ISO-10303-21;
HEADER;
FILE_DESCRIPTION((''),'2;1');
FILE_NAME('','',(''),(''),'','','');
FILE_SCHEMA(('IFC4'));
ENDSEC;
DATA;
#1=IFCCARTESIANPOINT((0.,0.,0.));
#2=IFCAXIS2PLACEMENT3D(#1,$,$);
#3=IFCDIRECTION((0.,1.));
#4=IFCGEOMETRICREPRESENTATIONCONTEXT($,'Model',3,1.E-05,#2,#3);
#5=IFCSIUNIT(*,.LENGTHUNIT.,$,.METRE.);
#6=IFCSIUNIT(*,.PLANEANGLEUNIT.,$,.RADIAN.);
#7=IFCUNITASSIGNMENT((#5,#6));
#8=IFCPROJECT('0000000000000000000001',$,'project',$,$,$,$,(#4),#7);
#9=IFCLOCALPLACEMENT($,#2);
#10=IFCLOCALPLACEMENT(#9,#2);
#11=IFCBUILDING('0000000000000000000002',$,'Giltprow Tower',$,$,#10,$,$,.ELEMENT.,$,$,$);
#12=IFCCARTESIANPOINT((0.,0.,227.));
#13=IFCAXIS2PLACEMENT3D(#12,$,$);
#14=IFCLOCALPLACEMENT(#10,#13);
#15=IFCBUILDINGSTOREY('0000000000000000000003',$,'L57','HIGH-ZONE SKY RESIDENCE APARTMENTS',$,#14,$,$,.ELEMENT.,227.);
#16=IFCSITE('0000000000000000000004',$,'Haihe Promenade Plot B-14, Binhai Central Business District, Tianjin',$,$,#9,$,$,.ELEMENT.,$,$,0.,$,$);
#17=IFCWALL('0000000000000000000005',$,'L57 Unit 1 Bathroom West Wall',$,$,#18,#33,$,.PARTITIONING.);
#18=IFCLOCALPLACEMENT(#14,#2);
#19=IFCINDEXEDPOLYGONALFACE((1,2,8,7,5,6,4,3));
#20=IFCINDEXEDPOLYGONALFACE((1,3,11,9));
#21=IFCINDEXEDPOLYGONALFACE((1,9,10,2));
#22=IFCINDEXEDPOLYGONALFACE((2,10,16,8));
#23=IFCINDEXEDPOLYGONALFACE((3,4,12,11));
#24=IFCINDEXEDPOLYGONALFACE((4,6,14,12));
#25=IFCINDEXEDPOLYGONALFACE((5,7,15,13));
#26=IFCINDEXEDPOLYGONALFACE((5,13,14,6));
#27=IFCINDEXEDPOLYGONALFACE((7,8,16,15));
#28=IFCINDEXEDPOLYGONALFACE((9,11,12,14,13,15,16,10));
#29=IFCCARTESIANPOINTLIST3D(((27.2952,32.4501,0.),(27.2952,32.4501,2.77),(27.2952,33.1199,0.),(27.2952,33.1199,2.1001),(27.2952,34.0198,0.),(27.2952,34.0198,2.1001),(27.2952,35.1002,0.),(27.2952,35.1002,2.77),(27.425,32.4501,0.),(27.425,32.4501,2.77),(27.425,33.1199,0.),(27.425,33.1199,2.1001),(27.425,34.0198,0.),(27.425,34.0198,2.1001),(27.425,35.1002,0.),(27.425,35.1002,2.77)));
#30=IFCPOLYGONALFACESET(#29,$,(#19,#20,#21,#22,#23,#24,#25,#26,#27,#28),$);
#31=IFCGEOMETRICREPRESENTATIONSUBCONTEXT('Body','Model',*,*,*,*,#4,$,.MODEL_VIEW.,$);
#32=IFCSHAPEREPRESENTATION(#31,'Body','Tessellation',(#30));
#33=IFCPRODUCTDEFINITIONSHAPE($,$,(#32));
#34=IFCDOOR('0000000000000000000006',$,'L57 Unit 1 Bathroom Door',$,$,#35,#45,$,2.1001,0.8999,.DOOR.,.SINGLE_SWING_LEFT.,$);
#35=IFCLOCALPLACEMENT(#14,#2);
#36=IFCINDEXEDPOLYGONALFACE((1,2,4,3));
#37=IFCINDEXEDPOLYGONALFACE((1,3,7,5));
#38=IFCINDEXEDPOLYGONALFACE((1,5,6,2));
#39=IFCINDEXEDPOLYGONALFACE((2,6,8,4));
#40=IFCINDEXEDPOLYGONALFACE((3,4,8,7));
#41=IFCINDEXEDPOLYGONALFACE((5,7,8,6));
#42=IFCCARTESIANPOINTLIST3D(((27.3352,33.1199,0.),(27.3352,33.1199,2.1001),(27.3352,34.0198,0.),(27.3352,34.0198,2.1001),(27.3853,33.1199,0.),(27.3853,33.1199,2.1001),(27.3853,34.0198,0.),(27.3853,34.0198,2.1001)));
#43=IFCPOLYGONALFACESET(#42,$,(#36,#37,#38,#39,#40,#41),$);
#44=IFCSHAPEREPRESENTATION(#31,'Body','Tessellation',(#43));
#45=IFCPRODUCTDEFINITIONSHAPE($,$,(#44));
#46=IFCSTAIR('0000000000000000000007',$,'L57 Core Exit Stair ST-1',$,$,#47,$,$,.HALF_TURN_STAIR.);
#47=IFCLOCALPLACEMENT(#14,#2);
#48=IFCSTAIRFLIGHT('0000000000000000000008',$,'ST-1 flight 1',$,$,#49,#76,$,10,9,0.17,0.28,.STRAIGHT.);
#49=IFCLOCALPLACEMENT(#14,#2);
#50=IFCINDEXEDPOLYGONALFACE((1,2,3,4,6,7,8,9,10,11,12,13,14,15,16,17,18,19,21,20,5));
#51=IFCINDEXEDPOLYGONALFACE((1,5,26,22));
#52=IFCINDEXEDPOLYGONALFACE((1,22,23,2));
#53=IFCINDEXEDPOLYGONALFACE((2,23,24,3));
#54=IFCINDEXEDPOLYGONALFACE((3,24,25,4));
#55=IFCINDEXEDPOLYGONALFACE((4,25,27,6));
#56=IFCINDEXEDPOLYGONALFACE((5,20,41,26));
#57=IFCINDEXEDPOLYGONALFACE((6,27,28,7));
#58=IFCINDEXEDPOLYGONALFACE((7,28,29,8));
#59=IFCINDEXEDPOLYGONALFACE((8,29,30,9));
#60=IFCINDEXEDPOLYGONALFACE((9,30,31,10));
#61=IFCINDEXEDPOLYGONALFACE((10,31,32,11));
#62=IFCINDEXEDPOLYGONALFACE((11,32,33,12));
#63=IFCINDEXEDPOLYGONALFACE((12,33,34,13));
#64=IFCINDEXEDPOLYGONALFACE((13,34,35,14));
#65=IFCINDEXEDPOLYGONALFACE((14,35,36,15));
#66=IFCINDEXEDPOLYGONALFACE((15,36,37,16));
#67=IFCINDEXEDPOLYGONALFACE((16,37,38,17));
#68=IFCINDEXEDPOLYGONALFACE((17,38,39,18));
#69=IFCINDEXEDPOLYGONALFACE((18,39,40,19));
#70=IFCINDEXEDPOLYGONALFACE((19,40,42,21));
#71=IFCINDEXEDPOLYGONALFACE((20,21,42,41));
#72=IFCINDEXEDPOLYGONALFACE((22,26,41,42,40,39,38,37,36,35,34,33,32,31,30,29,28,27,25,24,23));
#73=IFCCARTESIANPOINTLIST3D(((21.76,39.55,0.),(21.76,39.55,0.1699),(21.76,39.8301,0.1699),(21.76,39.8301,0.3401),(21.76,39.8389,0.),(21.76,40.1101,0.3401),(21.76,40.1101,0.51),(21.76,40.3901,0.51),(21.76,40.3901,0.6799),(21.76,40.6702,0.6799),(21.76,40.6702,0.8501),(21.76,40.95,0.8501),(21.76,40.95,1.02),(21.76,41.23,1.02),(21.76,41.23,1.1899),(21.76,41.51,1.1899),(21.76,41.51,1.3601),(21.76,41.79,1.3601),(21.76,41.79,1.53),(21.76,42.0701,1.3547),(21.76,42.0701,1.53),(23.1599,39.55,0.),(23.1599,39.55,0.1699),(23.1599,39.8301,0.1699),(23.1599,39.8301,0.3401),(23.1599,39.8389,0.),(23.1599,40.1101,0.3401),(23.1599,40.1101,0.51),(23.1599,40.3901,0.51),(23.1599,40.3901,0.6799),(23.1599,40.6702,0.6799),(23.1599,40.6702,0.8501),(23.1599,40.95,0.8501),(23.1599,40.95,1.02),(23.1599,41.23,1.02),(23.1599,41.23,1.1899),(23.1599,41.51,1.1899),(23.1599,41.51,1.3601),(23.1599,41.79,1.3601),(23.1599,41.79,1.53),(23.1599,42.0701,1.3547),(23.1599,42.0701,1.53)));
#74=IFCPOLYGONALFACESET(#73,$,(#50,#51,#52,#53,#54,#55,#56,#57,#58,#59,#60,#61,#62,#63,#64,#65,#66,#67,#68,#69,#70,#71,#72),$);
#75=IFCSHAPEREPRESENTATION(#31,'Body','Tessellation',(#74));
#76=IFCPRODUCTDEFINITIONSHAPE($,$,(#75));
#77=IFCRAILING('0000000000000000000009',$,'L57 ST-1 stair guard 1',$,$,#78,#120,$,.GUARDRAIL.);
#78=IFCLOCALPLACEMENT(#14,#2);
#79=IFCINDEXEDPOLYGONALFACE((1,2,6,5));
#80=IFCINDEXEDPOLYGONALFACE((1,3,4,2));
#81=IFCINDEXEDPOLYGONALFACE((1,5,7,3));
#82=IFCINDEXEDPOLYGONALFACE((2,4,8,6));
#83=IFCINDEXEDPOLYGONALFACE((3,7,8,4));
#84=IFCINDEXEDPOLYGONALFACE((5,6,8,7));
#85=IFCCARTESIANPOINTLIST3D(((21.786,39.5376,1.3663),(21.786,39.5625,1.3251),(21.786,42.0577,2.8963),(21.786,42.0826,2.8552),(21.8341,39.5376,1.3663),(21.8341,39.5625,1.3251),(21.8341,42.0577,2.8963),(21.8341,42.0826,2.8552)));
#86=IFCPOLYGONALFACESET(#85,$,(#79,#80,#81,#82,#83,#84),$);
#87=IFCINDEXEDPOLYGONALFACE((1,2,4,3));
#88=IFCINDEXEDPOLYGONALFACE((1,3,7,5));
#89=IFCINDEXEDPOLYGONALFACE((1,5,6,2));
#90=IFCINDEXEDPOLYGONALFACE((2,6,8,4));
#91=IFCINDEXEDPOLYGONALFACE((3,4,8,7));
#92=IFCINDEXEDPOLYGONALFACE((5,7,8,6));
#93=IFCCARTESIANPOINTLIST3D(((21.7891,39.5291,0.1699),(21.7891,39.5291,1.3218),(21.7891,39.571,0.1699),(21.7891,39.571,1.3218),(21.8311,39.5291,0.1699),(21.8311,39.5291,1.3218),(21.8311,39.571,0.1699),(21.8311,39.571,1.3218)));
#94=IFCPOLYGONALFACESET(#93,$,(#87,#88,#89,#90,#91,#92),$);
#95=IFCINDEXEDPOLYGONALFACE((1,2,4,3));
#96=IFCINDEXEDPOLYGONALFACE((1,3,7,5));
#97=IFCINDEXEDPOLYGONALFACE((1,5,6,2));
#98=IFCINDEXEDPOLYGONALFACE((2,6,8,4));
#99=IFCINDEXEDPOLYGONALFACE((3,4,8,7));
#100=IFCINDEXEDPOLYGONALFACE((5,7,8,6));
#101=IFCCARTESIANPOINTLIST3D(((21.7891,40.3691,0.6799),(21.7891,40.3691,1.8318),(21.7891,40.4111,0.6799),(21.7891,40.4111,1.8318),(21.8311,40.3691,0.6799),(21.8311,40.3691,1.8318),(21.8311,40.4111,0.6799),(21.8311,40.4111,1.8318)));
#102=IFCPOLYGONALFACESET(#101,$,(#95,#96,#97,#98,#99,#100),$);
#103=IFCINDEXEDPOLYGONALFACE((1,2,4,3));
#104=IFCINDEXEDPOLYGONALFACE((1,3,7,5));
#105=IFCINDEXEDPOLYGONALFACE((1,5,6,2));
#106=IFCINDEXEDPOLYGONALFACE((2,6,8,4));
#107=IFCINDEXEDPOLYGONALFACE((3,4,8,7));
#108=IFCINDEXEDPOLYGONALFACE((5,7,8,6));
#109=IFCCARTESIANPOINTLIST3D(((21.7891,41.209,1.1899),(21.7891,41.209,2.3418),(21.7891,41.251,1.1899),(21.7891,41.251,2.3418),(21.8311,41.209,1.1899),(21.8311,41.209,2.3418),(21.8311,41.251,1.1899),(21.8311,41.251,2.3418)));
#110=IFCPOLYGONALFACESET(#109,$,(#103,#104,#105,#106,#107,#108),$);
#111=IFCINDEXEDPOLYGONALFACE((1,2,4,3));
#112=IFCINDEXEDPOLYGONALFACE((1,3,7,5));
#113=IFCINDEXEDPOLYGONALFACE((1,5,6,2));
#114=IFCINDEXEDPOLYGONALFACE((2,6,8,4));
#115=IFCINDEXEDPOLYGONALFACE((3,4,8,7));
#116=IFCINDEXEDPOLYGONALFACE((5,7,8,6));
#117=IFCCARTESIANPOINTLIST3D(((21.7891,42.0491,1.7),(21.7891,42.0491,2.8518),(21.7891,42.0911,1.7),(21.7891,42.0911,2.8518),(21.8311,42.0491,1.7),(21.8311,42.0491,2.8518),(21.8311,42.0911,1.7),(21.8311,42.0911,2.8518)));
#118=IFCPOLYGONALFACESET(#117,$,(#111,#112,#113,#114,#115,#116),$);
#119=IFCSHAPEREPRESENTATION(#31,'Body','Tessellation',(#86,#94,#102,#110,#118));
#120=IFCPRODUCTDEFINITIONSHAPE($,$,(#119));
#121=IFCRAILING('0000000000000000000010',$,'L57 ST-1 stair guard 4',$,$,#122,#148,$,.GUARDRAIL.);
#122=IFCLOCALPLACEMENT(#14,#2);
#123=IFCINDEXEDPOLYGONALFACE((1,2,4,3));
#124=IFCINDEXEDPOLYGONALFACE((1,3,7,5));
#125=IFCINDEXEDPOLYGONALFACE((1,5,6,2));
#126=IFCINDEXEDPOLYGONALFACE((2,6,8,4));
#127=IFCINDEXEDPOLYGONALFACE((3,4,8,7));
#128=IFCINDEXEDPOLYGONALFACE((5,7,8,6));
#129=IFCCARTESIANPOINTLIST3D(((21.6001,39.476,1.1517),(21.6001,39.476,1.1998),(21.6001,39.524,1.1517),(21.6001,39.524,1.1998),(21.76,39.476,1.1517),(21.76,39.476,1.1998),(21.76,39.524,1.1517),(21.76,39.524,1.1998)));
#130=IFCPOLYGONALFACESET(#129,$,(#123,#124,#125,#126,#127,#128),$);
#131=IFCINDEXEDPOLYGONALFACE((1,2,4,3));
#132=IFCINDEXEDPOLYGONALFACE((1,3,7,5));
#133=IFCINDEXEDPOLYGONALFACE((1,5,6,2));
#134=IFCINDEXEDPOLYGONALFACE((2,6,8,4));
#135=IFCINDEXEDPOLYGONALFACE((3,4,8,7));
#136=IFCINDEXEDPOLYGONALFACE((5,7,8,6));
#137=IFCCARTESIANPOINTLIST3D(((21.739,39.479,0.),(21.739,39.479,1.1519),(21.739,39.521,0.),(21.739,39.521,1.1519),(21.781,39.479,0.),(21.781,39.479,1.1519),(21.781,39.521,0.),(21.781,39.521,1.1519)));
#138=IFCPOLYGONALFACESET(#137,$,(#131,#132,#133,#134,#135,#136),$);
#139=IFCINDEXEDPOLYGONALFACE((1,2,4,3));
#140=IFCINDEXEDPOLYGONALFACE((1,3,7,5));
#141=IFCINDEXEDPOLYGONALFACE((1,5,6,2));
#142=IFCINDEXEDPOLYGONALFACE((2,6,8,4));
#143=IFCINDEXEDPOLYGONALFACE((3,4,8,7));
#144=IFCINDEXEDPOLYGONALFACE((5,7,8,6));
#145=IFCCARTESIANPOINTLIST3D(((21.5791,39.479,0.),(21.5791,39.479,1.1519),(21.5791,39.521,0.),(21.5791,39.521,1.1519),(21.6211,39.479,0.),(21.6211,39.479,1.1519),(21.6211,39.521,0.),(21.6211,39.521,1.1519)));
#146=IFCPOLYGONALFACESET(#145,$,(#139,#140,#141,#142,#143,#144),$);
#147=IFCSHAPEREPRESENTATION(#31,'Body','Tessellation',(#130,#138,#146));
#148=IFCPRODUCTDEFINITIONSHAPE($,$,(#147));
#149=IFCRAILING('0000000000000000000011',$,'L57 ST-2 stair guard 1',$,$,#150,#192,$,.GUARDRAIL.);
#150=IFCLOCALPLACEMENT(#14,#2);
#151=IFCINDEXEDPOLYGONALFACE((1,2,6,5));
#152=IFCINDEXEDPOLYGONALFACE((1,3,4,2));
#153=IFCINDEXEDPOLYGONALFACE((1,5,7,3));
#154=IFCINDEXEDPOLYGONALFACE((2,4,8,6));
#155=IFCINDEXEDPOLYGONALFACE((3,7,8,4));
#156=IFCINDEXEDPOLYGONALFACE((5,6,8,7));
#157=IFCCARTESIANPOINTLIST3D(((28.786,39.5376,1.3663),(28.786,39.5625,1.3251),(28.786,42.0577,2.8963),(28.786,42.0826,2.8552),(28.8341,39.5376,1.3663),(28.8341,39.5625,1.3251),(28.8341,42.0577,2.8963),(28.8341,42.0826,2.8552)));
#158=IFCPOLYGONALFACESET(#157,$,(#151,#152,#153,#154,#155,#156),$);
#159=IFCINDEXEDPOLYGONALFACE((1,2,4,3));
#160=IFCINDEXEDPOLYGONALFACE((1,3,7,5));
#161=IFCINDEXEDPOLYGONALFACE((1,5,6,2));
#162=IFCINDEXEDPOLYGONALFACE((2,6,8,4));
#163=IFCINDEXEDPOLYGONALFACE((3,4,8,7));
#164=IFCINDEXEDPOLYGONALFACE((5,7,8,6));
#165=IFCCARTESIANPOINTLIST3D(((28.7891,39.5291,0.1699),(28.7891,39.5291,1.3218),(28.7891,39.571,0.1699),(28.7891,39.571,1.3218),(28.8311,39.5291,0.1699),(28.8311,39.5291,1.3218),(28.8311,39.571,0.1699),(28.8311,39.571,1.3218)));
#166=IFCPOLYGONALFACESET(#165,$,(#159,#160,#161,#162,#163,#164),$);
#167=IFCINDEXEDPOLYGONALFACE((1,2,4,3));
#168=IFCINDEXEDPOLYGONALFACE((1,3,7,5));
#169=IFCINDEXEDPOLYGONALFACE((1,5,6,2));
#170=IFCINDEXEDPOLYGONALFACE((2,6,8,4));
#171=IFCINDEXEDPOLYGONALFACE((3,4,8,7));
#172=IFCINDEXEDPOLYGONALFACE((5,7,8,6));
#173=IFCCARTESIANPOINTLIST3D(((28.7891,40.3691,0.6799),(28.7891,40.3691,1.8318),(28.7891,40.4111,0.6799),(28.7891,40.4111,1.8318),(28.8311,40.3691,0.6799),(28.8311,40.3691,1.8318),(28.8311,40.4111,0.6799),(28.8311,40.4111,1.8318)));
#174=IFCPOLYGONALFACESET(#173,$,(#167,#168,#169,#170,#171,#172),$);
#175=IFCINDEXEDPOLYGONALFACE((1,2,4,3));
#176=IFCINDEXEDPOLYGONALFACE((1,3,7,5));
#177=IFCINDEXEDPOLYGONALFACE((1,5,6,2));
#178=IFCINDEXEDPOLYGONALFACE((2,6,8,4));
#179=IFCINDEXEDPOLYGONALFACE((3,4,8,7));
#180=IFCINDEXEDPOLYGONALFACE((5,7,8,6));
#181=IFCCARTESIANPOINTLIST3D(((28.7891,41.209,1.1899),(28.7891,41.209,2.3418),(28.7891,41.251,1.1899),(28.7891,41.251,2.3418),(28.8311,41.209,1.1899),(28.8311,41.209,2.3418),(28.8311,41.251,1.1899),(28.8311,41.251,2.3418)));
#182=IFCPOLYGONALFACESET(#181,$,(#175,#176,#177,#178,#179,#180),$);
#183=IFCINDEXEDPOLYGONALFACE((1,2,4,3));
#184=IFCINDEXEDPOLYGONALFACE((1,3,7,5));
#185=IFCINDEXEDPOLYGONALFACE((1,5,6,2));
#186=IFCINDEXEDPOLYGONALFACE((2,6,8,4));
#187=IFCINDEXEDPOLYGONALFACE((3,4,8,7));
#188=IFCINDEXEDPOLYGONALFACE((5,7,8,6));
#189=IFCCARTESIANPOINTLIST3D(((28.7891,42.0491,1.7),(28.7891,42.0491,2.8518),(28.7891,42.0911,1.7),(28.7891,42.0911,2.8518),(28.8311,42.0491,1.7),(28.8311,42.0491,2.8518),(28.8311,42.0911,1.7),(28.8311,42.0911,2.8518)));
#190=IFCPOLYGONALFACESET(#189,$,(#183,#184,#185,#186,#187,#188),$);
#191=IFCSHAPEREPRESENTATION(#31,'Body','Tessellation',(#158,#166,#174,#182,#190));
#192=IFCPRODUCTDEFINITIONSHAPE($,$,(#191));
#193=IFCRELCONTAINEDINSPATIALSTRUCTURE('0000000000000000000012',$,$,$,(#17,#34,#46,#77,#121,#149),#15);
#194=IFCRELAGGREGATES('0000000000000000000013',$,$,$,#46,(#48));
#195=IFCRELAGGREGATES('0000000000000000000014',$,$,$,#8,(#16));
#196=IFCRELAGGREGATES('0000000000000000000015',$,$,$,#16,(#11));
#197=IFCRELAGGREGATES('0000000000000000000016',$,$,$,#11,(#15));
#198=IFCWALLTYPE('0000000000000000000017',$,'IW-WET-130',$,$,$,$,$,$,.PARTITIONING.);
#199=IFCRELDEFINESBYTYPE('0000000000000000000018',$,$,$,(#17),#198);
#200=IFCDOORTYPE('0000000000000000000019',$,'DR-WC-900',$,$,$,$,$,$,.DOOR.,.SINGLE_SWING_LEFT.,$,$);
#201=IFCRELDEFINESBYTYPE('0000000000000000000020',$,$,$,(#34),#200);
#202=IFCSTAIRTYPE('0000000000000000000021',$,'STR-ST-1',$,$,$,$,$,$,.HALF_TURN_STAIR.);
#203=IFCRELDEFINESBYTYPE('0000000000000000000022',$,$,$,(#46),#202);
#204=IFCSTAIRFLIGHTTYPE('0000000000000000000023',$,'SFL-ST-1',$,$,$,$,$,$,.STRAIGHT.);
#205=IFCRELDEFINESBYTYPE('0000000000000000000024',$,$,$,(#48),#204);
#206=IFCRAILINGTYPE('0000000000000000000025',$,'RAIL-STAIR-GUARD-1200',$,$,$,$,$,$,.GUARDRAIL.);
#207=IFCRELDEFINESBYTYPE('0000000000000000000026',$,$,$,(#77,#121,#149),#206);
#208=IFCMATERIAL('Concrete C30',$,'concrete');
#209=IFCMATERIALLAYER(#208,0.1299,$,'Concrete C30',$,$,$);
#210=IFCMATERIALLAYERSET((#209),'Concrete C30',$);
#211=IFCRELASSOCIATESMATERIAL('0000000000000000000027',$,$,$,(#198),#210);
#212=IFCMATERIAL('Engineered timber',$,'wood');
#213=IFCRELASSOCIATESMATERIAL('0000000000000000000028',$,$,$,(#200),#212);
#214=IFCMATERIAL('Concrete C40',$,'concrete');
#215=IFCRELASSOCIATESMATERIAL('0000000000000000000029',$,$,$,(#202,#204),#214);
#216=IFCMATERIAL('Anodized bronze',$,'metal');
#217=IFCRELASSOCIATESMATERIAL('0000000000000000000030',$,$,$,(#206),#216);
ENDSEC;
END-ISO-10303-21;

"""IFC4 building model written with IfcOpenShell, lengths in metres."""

from ifc_helpers import new_model, si_unit, direction, frame, frame_2d, origin, origin_2d, place, context, subcontext, project, spatial, polyline, rectangle, outline, extrude, source, transform, mapped, material, layer, layer_set, type_object, element, fill, aggregate, save


model = new_model("IFC4")

# Units and contexts
model_context = context("Model", 3, precision=1e-05, world=origin(), true_north=direction((0.0, 1.0)))
body_context = subcontext(model_context, "Body", "Model", "MODEL_VIEW")
ifc_project = project(units=[si_unit("LENGTHUNIT", "METRE"), si_unit("PLANEANGLEUNIT", "RADIAN")], contexts=[model_context])

# Site, building, storey
site_placement = place(None, origin())
site = spatial("IfcSite", under=ifc_project, at=site_placement, Name="Haihe Promenade Plot B-14, Binhai Central Business District, Tianjin", CompositionType="ELEMENT", RefElevation=0.0)
building_placement = place(site_placement, origin())
building = spatial("IfcBuilding", under=site, at=building_placement, Name="Giltprow Tower", CompositionType="ELEMENT")
storey_placement = place(building_placement, frame((0.0, 0.0, 227.0)))
storey = spatial("IfcBuildingStorey", under=building, at=storey_placement, Name="L57", Description="HIGH-ZONE SKY RESIDENCE APARTMENTS", CompositionType="ELEMENT", Elevation=227.0)

# Shared definitions
ifc_material_1 = material(Name="Concrete C40", Category="concrete")

# Shared definitions
ifc_material_2 = material(Name="Concrete C30", Category="concrete")
ifc_layer_1 = layer(ifc_material_2, 0.1299, Name="Concrete C30")
ifc_layer_set_1 = layer_set([ifc_layer_1], Name="Concrete C30")
wall_type_1 = type_object("IfcWallType", Name="IW-WET-130", PredefinedType="PARTITIONING", material=ifc_layer_set_1)

# Wall, opening, door
wall_1_placement = place(storey_placement, frame((27.3601, 32.45, 0.0), z_axis=(0.0, 0.0, 1.0), x_axis=(0.0, 1.0, 0.0)))
wall_1 = element("IfcWall", 1, at=wall_1_placement, inside=storey, type_object=wall_type_1, Name="L57 Unit 1 Bathroom West Wall", PredefinedType="PARTITIONING", context=body_context, shape_type="SweptSolid", body=[
    extrude(rectangle(XDim=2.6501, YDim=0.1299, at=frame_2d((1.3252, 0.0))), origin(), (0.0, 0.0, 1.0), 2.77),
])
opening_1_placement = place(wall_1_placement, frame((0.6699, 0.0, 0.0)))
opening_1 = element("IfcOpeningElement", 2, at=opening_1_placement, cuts=wall_1, PredefinedType="OPENING", context=body_context, shape_type="SweptSolid", body=[
    extrude(rectangle(XDim=0.8999, YDim=2.1001, at=frame_2d((0.45, 1.05))), frame((0.0, 0.075, 0.0), z_axis=(0.0, -1.0, 0.0), x_axis=(1.0, 0.0, 0.0)), (0.0, 0.0, 1.0), 0.1499),
])
ifc_material_3 = material(Name="Engineered timber", Category="wood")
door_type_1 = type_object("IfcDoorType", Name="DR-WC-900", OperationType="SINGLE_SWING_LEFT", PredefinedType="DOOR", material=ifc_material_3)
shared_shape_1 = source(origin(), body_context, "Body", "SweptSolid", [
    extrude(rectangle(XDim=0.8999, YDim=2.1001, at=frame_2d((0.45, 1.05))), frame((0.0, 0.0249, 0.0), z_axis=(0.0, -1.0, 0.0), x_axis=(1.0, 0.0, 0.0)), (0.0, 0.0, 1.0), 0.05),
])
door_1_placement = place(opening_1_placement, origin())
door_1 = element("IfcDoor", 3, at=door_1_placement, inside=storey, type_object=door_type_1, Name="L57 Unit 1 Bathroom Door", OperationType="SINGLE_SWING_LEFT", OverallHeight=2.1001, OverallWidth=0.8999, PredefinedType="DOOR", context=body_context, shape_type="MappedRepresentation", body=[
    mapped(shared_shape_1, transform((0.0, 0.0, 0.0), x_axis=(1.0, 0.0, 0.0), y_axis=(0.0, 1.0, 0.0), z_axis=(0.0, 0.0, 1.0), scale=1.0)),
])
fill(opening_1, door_1)

# Stair, stair flight
stair_type = type_object("IfcStairType", Name="STR-ST-1", PredefinedType="HALF_TURN_STAIR", material=ifc_material_1)
stair_placement = place(storey_placement, origin())
stair = element("IfcStair", 4, at=stair_placement, inside=storey, type_object=stair_type, Name="L57 Core Exit Stair ST-1", PredefinedType="HALF_TURN_STAIR")
stair_flight_type = type_object("IfcStairFlightType", Name="SFL-ST-1", PredefinedType="STRAIGHT", material=ifc_material_1)
stair_flight_placement = place(storey_placement, frame((22.46, 39.55, 0.0), z_axis=(0.0, 0.0, 1.0), x_axis=(0.0, 1.0, 0.0)))
stair_flight = element("IfcStairFlight", 5, at=stair_flight_placement, type_object=stair_flight_type, Name="ST-1 flight 1", NumberOfRisers=10, NumberOfTreads=9, PredefinedType="STRAIGHT", RiserHeight=0.17, TreadLength=0.28, context=body_context, shape_type="SweptSolid", body=[
    extrude(outline(polyline([(0.0, 0.0), (0.0, 0.1699), (0.28, 0.1699), (0.28, 0.3401), (0.5601, 0.3401), (0.5601, 0.51), (0.8401, 0.51), (0.8401, 0.6799), (1.1201, 0.6799), (1.1201, 0.8501), (1.3999, 0.8501), (1.3999, 1.02), (1.6799, 1.02), (1.6799, 1.1899), (1.96, 1.1899), (1.96, 1.3601), (2.24, 1.3601), (2.24, 1.53), (2.52, 1.53), (2.52, 1.7), (2.52, 1.3547), (0.2888, 0.0), (0.0, 0.0)])), frame((0.0, 0.7, 0.0), z_axis=(0.0, -1.0, 0.0), x_axis=(1.0, 0.0, 0.0)), (0.0, 0.0, 1.0), 1.3999),
])
aggregate(stair, [stair_flight])

# Railings
ifc_material_4 = material(Name="Anodized bronze", Category="metal")
railing_type_1 = type_object("IfcRailingType", Name="RAIL-STAIR-GUARD-1200", PredefinedType="GUARDRAIL", material=ifc_material_4)
railing_1_placement = place(storey_placement, frame((21.8101, 39.55, 0.1699)))
element("IfcRailing", 6, at=railing_1_placement, inside=storey, type_object=railing_type_1, Name="L57 ST-1 stair guard 1", PredefinedType="GUARDRAIL", context=body_context, shape_type="SweptSolid", body=[
    extrude(rectangle(XDim=0.0481, YDim=0.0481, at=origin_2d()), frame((0.0, 0.0, 1.1758), z_axis=(0.0, 0.854785, 0.518982), x_axis=(-1.0, 0.0, 0.0)), (0.0, 0.0, 1.0), 2.9482),
    extrude(rectangle(XDim=0.042, YDim=0.042, at=origin_2d()), origin(), (0.0, 0.0, 1.0), 1.1519),
    extrude(rectangle(XDim=0.042, YDim=0.042, at=origin_2d()), frame((0.0, 0.8401, 0.51)), (0.0, 0.0, 1.0), 1.1519),
    extrude(rectangle(XDim=0.042, YDim=0.042, at=origin_2d()), frame((0.0, 1.6799, 1.02)), (0.0, 0.0, 1.0), 1.1519),
    extrude(rectangle(XDim=0.042, YDim=0.042, at=origin_2d()), frame((0.0, 2.52, 1.53)), (0.0, 0.0, 1.0), 1.1519),
])
railing_2_placement = place(storey_placement, frame((21.76, 39.5, 0.0)))
element("IfcRailing", 7, at=railing_2_placement, inside=storey, type_object=railing_type_1, Name="L57 ST-1 stair guard 4", PredefinedType="GUARDRAIL", context=body_context, shape_type="SweptSolid", body=[
    extrude(rectangle(XDim=0.0481, YDim=0.0481, at=origin_2d()), frame((0.0, 0.0, 1.1758), z_axis=(-1.0, 0.0, 0.0), x_axis=(0.0, -1.0, 0.0)), (0.0, 0.0, 1.0), 0.1599),
    extrude(rectangle(XDim=0.042, YDim=0.042, at=origin_2d()), origin(), (0.0, 0.0, 1.0), 1.1519),
    extrude(rectangle(XDim=0.042, YDim=0.042, at=origin_2d()), frame((-0.1599, 0.0, 0.0)), (0.0, 0.0, 1.0), 1.1519),
])
railing_3_placement = place(storey_placement, frame((28.8101, 39.55, 0.1699)))
element("IfcRailing", 8, at=railing_3_placement, inside=storey, type_object=railing_type_1, Name="L57 ST-2 stair guard 1", PredefinedType="GUARDRAIL", context=body_context, shape_type="SweptSolid", body=[
    extrude(rectangle(XDim=0.0481, YDim=0.0481, at=origin_2d()), frame((0.0, 0.0, 1.1758), z_axis=(0.0, 0.854785, 0.518982), x_axis=(-1.0, 0.0, 0.0)), (0.0, 0.0, 1.0), 2.9482),
    extrude(rectangle(XDim=0.042, YDim=0.042, at=origin_2d()), origin(), (0.0, 0.0, 1.0), 1.1519),
    extrude(rectangle(XDim=0.042, YDim=0.042, at=origin_2d()), frame((0.0, 0.8401, 0.51)), (0.0, 0.0, 1.0), 1.1519),
    extrude(rectangle(XDim=0.042, YDim=0.042, at=origin_2d()), frame((0.0, 1.6799, 1.02)), (0.0, 0.0, 1.0), 1.1519),
    extrude(rectangle(XDim=0.042, YDim=0.042, at=origin_2d()), frame((0.0, 2.52, 1.53)), (0.0, 0.0, 1.0), 1.1519),
])

save(model, "model.ifc")
